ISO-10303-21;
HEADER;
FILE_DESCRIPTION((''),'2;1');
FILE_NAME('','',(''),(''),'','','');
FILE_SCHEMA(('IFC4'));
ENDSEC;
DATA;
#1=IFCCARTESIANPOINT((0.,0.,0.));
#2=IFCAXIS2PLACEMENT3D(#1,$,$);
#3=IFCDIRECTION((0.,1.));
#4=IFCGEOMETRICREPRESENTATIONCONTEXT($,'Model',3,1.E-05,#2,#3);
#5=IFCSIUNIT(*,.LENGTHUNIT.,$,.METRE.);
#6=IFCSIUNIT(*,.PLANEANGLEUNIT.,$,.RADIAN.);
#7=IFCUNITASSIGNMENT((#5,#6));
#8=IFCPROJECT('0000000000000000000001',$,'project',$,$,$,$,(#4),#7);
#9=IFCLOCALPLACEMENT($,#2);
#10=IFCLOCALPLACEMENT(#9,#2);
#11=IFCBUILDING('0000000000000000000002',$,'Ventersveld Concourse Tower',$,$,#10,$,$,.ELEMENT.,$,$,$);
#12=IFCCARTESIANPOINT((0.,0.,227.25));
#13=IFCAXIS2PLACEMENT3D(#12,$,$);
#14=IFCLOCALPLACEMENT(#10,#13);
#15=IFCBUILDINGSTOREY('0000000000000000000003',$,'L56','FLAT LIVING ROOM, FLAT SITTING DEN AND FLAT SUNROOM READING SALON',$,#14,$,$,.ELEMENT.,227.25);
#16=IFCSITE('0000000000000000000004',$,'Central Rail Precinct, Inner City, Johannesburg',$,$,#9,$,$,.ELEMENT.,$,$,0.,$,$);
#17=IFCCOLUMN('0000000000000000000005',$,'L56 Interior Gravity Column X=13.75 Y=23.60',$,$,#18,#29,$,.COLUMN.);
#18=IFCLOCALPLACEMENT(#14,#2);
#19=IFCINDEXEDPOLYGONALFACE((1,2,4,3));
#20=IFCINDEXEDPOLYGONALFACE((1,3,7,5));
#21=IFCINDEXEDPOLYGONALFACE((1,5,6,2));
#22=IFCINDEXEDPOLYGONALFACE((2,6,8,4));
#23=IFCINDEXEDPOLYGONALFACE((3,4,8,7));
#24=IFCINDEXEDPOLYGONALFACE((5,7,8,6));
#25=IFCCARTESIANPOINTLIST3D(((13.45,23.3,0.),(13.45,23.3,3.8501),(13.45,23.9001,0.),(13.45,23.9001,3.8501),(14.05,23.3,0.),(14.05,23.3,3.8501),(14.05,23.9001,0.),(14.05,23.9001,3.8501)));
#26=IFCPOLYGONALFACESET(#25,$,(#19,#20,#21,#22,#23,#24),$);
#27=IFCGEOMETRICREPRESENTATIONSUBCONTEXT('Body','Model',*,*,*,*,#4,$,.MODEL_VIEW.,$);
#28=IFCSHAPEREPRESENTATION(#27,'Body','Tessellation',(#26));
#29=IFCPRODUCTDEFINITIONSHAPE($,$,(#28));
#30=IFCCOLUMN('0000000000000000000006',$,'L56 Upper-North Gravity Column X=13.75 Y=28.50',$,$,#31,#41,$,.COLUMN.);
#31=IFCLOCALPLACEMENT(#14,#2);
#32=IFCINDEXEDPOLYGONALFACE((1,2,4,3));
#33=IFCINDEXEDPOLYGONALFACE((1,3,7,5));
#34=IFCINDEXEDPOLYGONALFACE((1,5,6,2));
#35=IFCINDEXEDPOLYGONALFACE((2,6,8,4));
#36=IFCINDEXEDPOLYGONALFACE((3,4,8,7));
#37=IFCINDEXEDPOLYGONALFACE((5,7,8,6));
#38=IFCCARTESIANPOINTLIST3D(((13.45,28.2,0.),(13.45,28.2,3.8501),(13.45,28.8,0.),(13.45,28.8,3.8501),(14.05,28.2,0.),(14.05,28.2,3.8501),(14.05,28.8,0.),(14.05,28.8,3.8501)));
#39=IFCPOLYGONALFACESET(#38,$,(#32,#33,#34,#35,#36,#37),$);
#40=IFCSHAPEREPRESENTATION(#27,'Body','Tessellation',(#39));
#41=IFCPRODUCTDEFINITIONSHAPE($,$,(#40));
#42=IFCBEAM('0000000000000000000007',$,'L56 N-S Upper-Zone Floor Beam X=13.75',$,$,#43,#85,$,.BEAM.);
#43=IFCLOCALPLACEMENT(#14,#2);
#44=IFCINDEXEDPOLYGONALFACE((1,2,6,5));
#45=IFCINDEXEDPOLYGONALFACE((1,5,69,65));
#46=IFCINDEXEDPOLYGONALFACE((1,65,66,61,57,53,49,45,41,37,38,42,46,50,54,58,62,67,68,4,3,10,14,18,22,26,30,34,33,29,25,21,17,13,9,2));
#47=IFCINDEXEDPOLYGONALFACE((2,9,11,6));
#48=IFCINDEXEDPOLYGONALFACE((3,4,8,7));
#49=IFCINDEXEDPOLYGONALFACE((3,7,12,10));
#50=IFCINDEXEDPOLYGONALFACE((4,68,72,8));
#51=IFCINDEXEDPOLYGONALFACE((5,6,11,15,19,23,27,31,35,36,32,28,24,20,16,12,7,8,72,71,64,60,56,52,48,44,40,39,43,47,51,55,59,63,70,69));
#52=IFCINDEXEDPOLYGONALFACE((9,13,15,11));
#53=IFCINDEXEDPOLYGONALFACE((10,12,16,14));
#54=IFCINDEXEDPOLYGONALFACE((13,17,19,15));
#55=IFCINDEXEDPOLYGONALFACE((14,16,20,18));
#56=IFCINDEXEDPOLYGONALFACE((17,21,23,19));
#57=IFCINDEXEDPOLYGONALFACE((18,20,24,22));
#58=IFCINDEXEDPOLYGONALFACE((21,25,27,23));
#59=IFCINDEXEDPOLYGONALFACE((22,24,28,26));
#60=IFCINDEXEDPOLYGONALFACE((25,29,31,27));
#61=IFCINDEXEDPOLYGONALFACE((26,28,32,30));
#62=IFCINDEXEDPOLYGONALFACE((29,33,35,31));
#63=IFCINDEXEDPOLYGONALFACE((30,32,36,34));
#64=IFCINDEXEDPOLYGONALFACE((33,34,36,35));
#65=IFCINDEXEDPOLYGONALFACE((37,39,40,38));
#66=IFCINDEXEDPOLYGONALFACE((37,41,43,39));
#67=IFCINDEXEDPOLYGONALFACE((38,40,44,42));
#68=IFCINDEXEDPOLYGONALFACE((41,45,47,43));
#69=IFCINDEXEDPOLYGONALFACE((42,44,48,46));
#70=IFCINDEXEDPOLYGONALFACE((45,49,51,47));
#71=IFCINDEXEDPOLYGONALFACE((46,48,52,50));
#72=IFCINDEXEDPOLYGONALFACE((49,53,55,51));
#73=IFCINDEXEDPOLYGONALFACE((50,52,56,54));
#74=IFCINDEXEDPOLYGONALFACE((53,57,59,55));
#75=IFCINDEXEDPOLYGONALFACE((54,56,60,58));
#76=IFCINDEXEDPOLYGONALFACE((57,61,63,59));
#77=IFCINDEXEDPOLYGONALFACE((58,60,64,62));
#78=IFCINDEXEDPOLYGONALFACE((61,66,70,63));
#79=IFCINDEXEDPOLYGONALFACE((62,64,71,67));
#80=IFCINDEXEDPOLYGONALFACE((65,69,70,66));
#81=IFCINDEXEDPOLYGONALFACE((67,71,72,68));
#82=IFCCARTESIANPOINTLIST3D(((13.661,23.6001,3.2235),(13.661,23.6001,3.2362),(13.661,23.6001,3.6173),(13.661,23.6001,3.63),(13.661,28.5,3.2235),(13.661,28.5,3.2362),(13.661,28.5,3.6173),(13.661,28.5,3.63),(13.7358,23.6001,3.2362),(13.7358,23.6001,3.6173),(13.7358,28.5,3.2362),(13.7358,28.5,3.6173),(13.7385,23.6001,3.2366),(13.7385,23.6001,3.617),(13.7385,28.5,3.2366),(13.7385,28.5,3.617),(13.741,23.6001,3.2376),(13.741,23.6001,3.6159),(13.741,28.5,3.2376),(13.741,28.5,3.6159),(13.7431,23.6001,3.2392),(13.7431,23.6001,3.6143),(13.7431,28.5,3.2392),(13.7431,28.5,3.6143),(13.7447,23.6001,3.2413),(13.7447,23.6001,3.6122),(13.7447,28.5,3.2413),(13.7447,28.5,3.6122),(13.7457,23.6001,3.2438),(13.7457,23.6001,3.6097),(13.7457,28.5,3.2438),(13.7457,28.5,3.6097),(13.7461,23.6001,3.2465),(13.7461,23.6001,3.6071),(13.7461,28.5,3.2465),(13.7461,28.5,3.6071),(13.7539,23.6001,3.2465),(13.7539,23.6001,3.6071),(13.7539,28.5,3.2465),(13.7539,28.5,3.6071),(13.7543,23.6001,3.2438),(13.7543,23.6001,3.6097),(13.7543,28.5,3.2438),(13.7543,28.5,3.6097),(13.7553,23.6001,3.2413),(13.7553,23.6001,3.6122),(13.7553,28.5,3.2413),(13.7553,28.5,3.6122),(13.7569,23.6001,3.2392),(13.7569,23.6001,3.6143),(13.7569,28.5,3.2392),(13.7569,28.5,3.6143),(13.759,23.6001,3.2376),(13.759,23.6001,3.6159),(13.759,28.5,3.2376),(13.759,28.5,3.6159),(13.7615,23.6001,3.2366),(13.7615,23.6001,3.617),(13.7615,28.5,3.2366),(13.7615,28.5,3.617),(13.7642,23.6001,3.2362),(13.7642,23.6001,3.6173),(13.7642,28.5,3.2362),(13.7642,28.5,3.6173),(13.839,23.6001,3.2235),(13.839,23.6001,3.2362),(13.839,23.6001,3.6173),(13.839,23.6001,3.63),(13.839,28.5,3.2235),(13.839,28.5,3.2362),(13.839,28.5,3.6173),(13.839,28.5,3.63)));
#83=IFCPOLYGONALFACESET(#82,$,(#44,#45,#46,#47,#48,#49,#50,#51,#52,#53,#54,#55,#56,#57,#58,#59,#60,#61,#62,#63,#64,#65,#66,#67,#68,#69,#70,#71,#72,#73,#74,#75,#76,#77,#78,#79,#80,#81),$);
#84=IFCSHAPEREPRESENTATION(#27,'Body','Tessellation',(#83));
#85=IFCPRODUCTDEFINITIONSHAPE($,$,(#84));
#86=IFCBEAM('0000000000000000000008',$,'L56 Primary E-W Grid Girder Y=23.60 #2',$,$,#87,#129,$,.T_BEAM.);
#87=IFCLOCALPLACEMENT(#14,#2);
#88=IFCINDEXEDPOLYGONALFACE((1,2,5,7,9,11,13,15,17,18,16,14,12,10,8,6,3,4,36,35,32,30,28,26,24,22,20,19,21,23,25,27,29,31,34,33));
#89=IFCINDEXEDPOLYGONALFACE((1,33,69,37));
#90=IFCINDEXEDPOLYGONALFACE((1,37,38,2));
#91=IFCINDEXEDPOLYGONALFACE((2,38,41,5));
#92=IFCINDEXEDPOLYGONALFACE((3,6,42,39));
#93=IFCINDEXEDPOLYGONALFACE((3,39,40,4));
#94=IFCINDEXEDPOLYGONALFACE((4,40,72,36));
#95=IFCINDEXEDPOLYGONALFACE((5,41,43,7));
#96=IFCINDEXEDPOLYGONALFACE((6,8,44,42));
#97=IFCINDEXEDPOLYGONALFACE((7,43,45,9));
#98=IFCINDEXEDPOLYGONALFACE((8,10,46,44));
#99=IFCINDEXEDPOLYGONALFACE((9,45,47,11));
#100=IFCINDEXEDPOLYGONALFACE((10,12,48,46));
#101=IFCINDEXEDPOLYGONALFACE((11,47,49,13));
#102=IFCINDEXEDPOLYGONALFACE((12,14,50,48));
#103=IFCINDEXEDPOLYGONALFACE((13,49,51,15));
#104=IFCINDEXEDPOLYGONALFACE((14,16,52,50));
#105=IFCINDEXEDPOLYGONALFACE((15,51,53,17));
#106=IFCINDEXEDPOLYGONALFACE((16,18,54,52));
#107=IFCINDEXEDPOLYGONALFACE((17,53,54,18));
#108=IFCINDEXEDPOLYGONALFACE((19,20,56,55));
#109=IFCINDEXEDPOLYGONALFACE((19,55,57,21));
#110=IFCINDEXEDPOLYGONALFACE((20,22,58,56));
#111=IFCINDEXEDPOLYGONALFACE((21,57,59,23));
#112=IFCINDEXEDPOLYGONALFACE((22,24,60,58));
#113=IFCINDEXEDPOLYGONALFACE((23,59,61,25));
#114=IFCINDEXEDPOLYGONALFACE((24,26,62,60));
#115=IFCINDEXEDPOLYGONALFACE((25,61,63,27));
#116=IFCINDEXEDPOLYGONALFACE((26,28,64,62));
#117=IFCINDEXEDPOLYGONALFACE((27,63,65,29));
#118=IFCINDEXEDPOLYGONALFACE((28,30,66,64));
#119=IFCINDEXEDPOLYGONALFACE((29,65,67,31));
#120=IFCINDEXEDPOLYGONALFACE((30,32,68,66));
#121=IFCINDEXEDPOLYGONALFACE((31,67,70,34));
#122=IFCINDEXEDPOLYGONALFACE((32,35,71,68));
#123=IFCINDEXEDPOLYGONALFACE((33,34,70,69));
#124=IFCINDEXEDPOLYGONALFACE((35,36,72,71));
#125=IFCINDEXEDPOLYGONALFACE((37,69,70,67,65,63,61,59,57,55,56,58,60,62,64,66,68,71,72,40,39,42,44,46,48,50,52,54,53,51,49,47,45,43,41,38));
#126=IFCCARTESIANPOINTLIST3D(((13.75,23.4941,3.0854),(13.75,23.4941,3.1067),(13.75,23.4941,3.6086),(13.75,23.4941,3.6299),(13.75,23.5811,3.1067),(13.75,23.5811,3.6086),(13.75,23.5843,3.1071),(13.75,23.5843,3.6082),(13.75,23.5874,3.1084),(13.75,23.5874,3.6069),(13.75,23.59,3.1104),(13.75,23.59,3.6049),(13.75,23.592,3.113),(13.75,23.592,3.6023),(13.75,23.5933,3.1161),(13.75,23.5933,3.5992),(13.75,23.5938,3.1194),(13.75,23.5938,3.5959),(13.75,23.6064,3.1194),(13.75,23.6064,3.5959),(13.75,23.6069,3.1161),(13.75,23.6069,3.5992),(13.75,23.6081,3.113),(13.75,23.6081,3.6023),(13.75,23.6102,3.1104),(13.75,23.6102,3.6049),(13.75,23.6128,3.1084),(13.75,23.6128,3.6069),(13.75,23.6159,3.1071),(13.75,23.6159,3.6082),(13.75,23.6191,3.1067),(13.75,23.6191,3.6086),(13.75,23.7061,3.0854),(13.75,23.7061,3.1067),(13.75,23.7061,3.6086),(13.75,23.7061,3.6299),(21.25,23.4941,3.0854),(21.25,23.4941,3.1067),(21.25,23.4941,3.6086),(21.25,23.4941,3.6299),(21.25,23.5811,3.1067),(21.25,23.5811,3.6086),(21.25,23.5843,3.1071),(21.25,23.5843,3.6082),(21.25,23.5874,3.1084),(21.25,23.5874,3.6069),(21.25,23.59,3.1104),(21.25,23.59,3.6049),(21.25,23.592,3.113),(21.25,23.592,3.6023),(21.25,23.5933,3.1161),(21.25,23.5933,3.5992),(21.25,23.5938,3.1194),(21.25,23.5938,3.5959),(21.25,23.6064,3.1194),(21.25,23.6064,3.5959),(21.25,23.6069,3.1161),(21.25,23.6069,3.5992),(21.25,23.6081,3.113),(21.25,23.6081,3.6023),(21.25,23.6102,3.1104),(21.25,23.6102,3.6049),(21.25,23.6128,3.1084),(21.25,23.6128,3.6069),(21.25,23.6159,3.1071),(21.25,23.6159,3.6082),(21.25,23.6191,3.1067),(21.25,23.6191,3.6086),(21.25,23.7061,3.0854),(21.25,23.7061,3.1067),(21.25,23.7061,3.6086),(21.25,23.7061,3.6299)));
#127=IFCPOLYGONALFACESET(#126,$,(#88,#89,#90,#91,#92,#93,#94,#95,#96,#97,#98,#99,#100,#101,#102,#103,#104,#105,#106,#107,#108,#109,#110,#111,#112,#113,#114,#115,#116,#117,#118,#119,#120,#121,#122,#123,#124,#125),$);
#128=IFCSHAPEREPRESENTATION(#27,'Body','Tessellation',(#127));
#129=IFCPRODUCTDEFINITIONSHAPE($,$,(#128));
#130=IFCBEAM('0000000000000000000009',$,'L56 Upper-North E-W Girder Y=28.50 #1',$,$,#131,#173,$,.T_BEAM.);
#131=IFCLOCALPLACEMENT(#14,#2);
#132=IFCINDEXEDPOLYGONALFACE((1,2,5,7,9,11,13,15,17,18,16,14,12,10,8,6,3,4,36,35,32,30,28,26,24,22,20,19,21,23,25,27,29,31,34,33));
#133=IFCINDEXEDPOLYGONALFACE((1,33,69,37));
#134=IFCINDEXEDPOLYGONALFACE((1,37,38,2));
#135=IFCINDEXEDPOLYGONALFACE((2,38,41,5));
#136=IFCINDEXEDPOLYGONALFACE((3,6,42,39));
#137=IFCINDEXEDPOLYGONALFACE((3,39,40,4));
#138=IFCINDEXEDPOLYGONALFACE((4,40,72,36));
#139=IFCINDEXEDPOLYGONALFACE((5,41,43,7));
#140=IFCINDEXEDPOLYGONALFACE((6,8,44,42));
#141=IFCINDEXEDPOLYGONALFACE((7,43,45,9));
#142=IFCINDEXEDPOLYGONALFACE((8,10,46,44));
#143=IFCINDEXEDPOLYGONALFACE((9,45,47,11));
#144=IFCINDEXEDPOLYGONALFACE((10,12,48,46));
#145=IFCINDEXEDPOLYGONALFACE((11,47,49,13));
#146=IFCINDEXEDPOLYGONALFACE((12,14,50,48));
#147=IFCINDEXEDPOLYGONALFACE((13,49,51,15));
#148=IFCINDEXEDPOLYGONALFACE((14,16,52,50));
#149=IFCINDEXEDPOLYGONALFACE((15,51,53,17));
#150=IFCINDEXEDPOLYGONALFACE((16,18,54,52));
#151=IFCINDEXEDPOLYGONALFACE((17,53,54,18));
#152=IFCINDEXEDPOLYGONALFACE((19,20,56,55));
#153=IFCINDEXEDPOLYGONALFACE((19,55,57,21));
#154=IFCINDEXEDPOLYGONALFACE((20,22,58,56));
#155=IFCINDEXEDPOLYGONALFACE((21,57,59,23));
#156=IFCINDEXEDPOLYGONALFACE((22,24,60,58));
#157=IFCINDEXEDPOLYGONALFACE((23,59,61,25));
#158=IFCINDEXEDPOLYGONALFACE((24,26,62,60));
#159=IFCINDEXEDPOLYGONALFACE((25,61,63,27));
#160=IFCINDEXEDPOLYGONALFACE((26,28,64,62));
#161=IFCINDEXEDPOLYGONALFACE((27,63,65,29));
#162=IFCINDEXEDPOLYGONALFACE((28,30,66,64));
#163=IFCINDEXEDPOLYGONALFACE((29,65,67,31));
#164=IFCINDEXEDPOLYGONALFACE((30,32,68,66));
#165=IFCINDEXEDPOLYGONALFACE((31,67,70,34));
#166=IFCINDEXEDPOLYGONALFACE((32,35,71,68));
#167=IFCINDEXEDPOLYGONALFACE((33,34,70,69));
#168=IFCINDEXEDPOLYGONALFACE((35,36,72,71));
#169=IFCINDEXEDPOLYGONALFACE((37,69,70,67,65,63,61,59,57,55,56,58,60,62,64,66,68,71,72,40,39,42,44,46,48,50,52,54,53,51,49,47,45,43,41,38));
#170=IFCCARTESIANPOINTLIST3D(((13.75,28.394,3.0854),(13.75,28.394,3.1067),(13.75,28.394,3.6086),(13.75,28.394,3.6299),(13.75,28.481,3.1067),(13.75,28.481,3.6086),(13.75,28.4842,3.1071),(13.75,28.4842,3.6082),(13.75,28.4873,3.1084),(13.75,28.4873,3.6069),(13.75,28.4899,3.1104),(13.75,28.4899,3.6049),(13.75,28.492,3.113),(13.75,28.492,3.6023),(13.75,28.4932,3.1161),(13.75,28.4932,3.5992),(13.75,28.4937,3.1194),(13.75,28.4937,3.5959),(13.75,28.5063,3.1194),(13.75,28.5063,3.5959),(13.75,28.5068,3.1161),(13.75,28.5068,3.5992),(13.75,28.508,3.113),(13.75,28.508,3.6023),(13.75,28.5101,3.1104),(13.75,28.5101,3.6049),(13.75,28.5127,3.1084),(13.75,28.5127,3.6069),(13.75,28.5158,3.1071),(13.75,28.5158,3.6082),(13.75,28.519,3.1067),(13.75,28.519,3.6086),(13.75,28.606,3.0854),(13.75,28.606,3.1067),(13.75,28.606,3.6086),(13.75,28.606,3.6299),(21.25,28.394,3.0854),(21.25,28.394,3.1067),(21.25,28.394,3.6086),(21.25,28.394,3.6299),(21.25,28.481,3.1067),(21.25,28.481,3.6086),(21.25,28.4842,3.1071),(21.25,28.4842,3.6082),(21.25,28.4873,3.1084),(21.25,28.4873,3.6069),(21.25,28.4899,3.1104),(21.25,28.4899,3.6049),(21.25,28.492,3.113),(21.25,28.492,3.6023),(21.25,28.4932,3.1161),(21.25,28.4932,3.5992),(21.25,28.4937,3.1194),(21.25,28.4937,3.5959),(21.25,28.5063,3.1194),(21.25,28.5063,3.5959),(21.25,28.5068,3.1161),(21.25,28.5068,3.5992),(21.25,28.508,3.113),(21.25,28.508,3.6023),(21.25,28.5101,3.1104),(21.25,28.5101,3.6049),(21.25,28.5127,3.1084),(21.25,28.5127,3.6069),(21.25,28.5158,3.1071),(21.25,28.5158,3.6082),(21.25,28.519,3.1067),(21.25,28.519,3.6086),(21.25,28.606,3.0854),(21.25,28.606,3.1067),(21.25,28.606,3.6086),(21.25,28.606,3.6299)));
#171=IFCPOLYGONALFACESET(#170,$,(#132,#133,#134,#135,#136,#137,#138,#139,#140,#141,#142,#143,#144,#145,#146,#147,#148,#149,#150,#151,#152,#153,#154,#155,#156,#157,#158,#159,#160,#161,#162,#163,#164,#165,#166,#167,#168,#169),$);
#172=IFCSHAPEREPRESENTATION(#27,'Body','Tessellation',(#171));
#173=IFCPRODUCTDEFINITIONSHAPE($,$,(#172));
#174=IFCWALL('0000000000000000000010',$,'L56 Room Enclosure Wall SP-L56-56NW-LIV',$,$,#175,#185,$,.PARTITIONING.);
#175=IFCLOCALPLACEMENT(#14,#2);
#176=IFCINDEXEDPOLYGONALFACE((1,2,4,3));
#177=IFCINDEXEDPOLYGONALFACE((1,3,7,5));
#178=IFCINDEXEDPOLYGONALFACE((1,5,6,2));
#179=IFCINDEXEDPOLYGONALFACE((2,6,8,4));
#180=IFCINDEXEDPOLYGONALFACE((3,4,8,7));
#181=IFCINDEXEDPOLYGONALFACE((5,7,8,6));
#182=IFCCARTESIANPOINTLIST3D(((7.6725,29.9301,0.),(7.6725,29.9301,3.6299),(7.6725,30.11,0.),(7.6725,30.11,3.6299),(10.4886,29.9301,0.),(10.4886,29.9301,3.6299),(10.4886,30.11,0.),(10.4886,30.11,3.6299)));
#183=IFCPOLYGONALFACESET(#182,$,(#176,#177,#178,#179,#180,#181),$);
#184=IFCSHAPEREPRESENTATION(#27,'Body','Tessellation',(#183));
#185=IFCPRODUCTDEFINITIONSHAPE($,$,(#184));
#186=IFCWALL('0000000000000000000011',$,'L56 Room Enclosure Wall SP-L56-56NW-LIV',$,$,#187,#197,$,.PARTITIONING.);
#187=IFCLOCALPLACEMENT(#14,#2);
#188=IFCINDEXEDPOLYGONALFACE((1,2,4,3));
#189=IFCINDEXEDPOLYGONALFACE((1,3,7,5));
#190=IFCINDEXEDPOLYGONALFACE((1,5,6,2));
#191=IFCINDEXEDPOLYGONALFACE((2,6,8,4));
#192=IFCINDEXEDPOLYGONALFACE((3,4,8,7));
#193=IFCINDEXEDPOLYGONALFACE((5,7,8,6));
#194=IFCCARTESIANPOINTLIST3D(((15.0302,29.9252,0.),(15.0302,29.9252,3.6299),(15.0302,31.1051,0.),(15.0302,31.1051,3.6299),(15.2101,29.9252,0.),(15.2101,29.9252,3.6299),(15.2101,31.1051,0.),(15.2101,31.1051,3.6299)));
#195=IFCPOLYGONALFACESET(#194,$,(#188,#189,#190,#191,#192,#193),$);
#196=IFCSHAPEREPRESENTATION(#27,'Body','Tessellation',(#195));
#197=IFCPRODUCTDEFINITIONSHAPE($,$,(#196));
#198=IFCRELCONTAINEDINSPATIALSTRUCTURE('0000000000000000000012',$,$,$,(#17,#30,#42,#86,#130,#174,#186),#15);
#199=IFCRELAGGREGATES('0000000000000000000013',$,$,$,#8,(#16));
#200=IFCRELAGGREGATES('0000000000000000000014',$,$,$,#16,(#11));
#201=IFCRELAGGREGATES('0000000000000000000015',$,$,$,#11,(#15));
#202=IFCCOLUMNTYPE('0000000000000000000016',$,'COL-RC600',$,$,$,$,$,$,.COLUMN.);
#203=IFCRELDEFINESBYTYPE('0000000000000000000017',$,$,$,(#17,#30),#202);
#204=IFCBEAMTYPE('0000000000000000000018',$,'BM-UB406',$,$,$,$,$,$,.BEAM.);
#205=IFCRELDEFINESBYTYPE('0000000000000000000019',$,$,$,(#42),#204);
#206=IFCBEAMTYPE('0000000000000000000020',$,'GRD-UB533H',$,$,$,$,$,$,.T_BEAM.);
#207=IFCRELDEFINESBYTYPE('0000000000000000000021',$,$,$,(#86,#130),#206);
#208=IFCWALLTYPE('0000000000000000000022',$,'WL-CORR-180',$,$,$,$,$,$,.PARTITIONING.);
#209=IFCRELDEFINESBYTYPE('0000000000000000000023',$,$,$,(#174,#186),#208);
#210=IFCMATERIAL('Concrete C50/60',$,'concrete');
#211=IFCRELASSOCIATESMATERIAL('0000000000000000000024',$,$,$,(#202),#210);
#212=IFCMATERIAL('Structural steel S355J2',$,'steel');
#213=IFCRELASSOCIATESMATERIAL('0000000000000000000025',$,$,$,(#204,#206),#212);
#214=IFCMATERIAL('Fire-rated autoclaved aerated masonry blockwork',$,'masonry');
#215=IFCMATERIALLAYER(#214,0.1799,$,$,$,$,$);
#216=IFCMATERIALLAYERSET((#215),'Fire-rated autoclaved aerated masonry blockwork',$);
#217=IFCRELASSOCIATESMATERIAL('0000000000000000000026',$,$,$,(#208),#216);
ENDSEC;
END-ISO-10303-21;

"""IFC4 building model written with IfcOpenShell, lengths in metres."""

from ifc_helpers import new_model, si_unit, direction, frame, frame_2d, origin, origin_2d, place, context, subcontext, project, spatial, rectangle, i_section, extrude, material, layer, layer_set, material_profile, profile_set, type_object, element, save


model = new_model("IFC4")

# Units and contexts
model_context = context("Model", 3, precision=1e-05, world=origin(), true_north=direction((0.0, 1.0)))
body_context = subcontext(model_context, "Body", "Model", "MODEL_VIEW")
ifc_project = project(units=[si_unit("LENGTHUNIT", "METRE"), si_unit("PLANEANGLEUNIT", "RADIAN")], contexts=[model_context])

# Site, building, storey
site_placement = place(None, origin())
site = spatial("IfcSite", under=ifc_project, at=site_placement, Name="Central Rail Precinct, Inner City, Johannesburg", CompositionType="ELEMENT", RefElevation=0.0)
building_placement = place(site_placement, origin())
building = spatial("IfcBuilding", under=site, at=building_placement, Name="Ventersveld Concourse Tower", CompositionType="ELEMENT")
storey_placement = place(building_placement, frame((0.0, 0.0, 227.25)))
storey = spatial("IfcBuildingStorey", under=building, at=storey_placement, Name="L56", Description="FLAT LIVING ROOM, FLAT SITTING DEN AND FLAT SUNROOM READING SALON", CompositionType="ELEMENT", Elevation=227.25)

# Columns
ifc_material_1 = material(Name="Concrete C50/60", Category="concrete")
ifc_material_profile_1 = material_profile(ifc_material_1, rectangle(XDim=0.6001, YDim=0.6001, at=origin_2d()), Name="RC 600x600")
ifc_profile_set_1 = profile_set([ifc_material_profile_1], Name="Concrete C50/60")
column_type = type_object("IfcColumnType", Name="COL-RC600", PredefinedType="COLUMN", material=ifc_profile_set_1)
for number, where, z_axis, x_axis, name in (
    (1, (13.75, 23.6001, 0.0), (0.0, 0.0, 1.0), (1.0, 0.0, 0.0), "L56 Interior Gravity Column X=13.75 Y=23.60"),
    (2, (13.75, 28.5, 0.0), (0.0, 0.0, 1.0), (1.0, 0.0, 0.0), "L56 Upper-North Gravity Column X=13.75 Y=28.50"),
):
    element("IfcColumn", number, at=place(storey_placement, frame(where, z_axis=z_axis, x_axis=x_axis)), inside=storey, type_object=column_type, Name=name, PredefinedType="COLUMN", context=body_context, shape_type="SweptSolid", body=[
        extrude(rectangle(XDim=0.6001, YDim=0.6001, at=origin_2d()), origin(), (0.0, 0.0, 1.0), 3.8501),
    ])

# Beams
ifc_material_2 = material(Name="Structural steel S355J2", Category="steel")
ifc_material_profile_2 = material_profile(ifc_material_2, i_section(OverallWidth=0.178, OverallDepth=0.4065, WebThickness=0.0078, FlangeThickness=0.0127, FilletRadius=0.0103, at=origin_2d()), Name="UB 406x178x60")
ifc_profile_set_2 = profile_set([ifc_material_profile_2], Name="Structural steel S355J2")
beam_type_1 = type_object("IfcBeamType", Name="BM-UB406", PredefinedType="BEAM", material=ifc_profile_set_2)
beam_placement = place(storey_placement, frame((13.75, 23.6001, 3.4268), z_axis=(0.0, 1.0, 0.0), x_axis=(-1.0, 0.0, 0.0)))
element("IfcBeam", 3, at=beam_placement, inside=storey, type_object=beam_type_1, Name="L56 N-S Upper-Zone Floor Beam X=13.75", PredefinedType="BEAM", context=body_context, shape_type="SweptSolid", body=[
    extrude(i_section(OverallWidth=0.178, OverallDepth=0.4065, WebThickness=0.0078, FlangeThickness=0.0127, FilletRadius=0.0103, at=origin_2d()), origin(), (0.0, 0.0, 1.0), 4.8999),
])
ifc_material_profile_3 = material_profile(ifc_material_2, i_section(OverallWidth=0.2119, OverallDepth=0.5444, WebThickness=0.0127, FlangeThickness=0.0212, FilletRadius=0.0127, at=origin_2d()), Name="UB 533x210x122")
ifc_profile_set_3 = profile_set([ifc_material_profile_3], Name="Structural steel S355J2")
beam_type_2 = type_object("IfcBeamType", Name="GRD-UB533H", PredefinedType="T_BEAM", material=ifc_profile_set_3)
for number, where, z_axis, x_axis, name in (
    (4, (13.75, 23.6001, 3.3577), (1.0, 0.0, 0.0), (0.0, 1.0, 0.0), "L56 Primary E-W Grid Girder Y=23.60 #2"),
    (5, (13.75, 28.5, 3.3577), (1.0, 0.0, 0.0), (0.0, 1.0, 0.0), "L56 Upper-North E-W Girder Y=28.50 #1"),
):
    element("IfcBeam", number, at=place(storey_placement, frame(where, z_axis=z_axis, x_axis=x_axis)), inside=storey, type_object=beam_type_2, Name=name, PredefinedType="T_BEAM", context=body_context, shape_type="SweptSolid", body=[
        extrude(i_section(OverallWidth=0.2119, OverallDepth=0.5444, WebThickness=0.0127, FlangeThickness=0.0212, FilletRadius=0.0127, at=origin_2d()), origin(), (0.0, 0.0, 1.0), 7.5),
    ])

# Walls
ifc_material_3 = material(Name="Fire-rated autoclaved aerated masonry blockwork", Category="masonry")
ifc_layer_1 = layer(ifc_material_3, 0.1799)
ifc_layer_set_1 = layer_set([ifc_layer_1], Name="Fire-rated autoclaved aerated masonry blockwork")
wall_type_1 = type_object("IfcWallType", Name="WL-CORR-180", PredefinedType="PARTITIONING", material=ifc_layer_set_1)
wall_1_placement = place(storey_placement, frame((10.4888, 30.02, 0.0), z_axis=(0.0, 0.0, 1.0), x_axis=(-1.0, 0.0, 0.0)))
element("IfcWall", 6, at=wall_1_placement, inside=storey, type_object=wall_type_1, Name="L56 Room Enclosure Wall SP-L56-56NW-LIV", PredefinedType="PARTITIONING", context=body_context, shape_type="SweptSolid", body=[
    extrude(rectangle(XDim=2.8162, YDim=0.1799, at=frame_2d((1.4082, 0.0))), origin(), (0.0, 0.0, 1.0), 3.6299),
])
wall_2_placement = place(storey_placement, frame((15.1201, 31.105, 0.0), z_axis=(0.0, 0.0, 1.0), x_axis=(0.0, -1.0, 0.0)))
element("IfcWall", 7, at=wall_2_placement, inside=storey, type_object=wall_type_1, Name="L56 Room Enclosure Wall SP-L56-56NW-LIV", PredefinedType="PARTITIONING", context=body_context, shape_type="SweptSolid", body=[
    extrude(rectangle(XDim=1.1799, YDim=0.1799, at=frame_2d((0.5898, 0.0))), origin(), (0.0, 0.0, 1.0), 3.6299),
])

save(model, "model.ifc")
